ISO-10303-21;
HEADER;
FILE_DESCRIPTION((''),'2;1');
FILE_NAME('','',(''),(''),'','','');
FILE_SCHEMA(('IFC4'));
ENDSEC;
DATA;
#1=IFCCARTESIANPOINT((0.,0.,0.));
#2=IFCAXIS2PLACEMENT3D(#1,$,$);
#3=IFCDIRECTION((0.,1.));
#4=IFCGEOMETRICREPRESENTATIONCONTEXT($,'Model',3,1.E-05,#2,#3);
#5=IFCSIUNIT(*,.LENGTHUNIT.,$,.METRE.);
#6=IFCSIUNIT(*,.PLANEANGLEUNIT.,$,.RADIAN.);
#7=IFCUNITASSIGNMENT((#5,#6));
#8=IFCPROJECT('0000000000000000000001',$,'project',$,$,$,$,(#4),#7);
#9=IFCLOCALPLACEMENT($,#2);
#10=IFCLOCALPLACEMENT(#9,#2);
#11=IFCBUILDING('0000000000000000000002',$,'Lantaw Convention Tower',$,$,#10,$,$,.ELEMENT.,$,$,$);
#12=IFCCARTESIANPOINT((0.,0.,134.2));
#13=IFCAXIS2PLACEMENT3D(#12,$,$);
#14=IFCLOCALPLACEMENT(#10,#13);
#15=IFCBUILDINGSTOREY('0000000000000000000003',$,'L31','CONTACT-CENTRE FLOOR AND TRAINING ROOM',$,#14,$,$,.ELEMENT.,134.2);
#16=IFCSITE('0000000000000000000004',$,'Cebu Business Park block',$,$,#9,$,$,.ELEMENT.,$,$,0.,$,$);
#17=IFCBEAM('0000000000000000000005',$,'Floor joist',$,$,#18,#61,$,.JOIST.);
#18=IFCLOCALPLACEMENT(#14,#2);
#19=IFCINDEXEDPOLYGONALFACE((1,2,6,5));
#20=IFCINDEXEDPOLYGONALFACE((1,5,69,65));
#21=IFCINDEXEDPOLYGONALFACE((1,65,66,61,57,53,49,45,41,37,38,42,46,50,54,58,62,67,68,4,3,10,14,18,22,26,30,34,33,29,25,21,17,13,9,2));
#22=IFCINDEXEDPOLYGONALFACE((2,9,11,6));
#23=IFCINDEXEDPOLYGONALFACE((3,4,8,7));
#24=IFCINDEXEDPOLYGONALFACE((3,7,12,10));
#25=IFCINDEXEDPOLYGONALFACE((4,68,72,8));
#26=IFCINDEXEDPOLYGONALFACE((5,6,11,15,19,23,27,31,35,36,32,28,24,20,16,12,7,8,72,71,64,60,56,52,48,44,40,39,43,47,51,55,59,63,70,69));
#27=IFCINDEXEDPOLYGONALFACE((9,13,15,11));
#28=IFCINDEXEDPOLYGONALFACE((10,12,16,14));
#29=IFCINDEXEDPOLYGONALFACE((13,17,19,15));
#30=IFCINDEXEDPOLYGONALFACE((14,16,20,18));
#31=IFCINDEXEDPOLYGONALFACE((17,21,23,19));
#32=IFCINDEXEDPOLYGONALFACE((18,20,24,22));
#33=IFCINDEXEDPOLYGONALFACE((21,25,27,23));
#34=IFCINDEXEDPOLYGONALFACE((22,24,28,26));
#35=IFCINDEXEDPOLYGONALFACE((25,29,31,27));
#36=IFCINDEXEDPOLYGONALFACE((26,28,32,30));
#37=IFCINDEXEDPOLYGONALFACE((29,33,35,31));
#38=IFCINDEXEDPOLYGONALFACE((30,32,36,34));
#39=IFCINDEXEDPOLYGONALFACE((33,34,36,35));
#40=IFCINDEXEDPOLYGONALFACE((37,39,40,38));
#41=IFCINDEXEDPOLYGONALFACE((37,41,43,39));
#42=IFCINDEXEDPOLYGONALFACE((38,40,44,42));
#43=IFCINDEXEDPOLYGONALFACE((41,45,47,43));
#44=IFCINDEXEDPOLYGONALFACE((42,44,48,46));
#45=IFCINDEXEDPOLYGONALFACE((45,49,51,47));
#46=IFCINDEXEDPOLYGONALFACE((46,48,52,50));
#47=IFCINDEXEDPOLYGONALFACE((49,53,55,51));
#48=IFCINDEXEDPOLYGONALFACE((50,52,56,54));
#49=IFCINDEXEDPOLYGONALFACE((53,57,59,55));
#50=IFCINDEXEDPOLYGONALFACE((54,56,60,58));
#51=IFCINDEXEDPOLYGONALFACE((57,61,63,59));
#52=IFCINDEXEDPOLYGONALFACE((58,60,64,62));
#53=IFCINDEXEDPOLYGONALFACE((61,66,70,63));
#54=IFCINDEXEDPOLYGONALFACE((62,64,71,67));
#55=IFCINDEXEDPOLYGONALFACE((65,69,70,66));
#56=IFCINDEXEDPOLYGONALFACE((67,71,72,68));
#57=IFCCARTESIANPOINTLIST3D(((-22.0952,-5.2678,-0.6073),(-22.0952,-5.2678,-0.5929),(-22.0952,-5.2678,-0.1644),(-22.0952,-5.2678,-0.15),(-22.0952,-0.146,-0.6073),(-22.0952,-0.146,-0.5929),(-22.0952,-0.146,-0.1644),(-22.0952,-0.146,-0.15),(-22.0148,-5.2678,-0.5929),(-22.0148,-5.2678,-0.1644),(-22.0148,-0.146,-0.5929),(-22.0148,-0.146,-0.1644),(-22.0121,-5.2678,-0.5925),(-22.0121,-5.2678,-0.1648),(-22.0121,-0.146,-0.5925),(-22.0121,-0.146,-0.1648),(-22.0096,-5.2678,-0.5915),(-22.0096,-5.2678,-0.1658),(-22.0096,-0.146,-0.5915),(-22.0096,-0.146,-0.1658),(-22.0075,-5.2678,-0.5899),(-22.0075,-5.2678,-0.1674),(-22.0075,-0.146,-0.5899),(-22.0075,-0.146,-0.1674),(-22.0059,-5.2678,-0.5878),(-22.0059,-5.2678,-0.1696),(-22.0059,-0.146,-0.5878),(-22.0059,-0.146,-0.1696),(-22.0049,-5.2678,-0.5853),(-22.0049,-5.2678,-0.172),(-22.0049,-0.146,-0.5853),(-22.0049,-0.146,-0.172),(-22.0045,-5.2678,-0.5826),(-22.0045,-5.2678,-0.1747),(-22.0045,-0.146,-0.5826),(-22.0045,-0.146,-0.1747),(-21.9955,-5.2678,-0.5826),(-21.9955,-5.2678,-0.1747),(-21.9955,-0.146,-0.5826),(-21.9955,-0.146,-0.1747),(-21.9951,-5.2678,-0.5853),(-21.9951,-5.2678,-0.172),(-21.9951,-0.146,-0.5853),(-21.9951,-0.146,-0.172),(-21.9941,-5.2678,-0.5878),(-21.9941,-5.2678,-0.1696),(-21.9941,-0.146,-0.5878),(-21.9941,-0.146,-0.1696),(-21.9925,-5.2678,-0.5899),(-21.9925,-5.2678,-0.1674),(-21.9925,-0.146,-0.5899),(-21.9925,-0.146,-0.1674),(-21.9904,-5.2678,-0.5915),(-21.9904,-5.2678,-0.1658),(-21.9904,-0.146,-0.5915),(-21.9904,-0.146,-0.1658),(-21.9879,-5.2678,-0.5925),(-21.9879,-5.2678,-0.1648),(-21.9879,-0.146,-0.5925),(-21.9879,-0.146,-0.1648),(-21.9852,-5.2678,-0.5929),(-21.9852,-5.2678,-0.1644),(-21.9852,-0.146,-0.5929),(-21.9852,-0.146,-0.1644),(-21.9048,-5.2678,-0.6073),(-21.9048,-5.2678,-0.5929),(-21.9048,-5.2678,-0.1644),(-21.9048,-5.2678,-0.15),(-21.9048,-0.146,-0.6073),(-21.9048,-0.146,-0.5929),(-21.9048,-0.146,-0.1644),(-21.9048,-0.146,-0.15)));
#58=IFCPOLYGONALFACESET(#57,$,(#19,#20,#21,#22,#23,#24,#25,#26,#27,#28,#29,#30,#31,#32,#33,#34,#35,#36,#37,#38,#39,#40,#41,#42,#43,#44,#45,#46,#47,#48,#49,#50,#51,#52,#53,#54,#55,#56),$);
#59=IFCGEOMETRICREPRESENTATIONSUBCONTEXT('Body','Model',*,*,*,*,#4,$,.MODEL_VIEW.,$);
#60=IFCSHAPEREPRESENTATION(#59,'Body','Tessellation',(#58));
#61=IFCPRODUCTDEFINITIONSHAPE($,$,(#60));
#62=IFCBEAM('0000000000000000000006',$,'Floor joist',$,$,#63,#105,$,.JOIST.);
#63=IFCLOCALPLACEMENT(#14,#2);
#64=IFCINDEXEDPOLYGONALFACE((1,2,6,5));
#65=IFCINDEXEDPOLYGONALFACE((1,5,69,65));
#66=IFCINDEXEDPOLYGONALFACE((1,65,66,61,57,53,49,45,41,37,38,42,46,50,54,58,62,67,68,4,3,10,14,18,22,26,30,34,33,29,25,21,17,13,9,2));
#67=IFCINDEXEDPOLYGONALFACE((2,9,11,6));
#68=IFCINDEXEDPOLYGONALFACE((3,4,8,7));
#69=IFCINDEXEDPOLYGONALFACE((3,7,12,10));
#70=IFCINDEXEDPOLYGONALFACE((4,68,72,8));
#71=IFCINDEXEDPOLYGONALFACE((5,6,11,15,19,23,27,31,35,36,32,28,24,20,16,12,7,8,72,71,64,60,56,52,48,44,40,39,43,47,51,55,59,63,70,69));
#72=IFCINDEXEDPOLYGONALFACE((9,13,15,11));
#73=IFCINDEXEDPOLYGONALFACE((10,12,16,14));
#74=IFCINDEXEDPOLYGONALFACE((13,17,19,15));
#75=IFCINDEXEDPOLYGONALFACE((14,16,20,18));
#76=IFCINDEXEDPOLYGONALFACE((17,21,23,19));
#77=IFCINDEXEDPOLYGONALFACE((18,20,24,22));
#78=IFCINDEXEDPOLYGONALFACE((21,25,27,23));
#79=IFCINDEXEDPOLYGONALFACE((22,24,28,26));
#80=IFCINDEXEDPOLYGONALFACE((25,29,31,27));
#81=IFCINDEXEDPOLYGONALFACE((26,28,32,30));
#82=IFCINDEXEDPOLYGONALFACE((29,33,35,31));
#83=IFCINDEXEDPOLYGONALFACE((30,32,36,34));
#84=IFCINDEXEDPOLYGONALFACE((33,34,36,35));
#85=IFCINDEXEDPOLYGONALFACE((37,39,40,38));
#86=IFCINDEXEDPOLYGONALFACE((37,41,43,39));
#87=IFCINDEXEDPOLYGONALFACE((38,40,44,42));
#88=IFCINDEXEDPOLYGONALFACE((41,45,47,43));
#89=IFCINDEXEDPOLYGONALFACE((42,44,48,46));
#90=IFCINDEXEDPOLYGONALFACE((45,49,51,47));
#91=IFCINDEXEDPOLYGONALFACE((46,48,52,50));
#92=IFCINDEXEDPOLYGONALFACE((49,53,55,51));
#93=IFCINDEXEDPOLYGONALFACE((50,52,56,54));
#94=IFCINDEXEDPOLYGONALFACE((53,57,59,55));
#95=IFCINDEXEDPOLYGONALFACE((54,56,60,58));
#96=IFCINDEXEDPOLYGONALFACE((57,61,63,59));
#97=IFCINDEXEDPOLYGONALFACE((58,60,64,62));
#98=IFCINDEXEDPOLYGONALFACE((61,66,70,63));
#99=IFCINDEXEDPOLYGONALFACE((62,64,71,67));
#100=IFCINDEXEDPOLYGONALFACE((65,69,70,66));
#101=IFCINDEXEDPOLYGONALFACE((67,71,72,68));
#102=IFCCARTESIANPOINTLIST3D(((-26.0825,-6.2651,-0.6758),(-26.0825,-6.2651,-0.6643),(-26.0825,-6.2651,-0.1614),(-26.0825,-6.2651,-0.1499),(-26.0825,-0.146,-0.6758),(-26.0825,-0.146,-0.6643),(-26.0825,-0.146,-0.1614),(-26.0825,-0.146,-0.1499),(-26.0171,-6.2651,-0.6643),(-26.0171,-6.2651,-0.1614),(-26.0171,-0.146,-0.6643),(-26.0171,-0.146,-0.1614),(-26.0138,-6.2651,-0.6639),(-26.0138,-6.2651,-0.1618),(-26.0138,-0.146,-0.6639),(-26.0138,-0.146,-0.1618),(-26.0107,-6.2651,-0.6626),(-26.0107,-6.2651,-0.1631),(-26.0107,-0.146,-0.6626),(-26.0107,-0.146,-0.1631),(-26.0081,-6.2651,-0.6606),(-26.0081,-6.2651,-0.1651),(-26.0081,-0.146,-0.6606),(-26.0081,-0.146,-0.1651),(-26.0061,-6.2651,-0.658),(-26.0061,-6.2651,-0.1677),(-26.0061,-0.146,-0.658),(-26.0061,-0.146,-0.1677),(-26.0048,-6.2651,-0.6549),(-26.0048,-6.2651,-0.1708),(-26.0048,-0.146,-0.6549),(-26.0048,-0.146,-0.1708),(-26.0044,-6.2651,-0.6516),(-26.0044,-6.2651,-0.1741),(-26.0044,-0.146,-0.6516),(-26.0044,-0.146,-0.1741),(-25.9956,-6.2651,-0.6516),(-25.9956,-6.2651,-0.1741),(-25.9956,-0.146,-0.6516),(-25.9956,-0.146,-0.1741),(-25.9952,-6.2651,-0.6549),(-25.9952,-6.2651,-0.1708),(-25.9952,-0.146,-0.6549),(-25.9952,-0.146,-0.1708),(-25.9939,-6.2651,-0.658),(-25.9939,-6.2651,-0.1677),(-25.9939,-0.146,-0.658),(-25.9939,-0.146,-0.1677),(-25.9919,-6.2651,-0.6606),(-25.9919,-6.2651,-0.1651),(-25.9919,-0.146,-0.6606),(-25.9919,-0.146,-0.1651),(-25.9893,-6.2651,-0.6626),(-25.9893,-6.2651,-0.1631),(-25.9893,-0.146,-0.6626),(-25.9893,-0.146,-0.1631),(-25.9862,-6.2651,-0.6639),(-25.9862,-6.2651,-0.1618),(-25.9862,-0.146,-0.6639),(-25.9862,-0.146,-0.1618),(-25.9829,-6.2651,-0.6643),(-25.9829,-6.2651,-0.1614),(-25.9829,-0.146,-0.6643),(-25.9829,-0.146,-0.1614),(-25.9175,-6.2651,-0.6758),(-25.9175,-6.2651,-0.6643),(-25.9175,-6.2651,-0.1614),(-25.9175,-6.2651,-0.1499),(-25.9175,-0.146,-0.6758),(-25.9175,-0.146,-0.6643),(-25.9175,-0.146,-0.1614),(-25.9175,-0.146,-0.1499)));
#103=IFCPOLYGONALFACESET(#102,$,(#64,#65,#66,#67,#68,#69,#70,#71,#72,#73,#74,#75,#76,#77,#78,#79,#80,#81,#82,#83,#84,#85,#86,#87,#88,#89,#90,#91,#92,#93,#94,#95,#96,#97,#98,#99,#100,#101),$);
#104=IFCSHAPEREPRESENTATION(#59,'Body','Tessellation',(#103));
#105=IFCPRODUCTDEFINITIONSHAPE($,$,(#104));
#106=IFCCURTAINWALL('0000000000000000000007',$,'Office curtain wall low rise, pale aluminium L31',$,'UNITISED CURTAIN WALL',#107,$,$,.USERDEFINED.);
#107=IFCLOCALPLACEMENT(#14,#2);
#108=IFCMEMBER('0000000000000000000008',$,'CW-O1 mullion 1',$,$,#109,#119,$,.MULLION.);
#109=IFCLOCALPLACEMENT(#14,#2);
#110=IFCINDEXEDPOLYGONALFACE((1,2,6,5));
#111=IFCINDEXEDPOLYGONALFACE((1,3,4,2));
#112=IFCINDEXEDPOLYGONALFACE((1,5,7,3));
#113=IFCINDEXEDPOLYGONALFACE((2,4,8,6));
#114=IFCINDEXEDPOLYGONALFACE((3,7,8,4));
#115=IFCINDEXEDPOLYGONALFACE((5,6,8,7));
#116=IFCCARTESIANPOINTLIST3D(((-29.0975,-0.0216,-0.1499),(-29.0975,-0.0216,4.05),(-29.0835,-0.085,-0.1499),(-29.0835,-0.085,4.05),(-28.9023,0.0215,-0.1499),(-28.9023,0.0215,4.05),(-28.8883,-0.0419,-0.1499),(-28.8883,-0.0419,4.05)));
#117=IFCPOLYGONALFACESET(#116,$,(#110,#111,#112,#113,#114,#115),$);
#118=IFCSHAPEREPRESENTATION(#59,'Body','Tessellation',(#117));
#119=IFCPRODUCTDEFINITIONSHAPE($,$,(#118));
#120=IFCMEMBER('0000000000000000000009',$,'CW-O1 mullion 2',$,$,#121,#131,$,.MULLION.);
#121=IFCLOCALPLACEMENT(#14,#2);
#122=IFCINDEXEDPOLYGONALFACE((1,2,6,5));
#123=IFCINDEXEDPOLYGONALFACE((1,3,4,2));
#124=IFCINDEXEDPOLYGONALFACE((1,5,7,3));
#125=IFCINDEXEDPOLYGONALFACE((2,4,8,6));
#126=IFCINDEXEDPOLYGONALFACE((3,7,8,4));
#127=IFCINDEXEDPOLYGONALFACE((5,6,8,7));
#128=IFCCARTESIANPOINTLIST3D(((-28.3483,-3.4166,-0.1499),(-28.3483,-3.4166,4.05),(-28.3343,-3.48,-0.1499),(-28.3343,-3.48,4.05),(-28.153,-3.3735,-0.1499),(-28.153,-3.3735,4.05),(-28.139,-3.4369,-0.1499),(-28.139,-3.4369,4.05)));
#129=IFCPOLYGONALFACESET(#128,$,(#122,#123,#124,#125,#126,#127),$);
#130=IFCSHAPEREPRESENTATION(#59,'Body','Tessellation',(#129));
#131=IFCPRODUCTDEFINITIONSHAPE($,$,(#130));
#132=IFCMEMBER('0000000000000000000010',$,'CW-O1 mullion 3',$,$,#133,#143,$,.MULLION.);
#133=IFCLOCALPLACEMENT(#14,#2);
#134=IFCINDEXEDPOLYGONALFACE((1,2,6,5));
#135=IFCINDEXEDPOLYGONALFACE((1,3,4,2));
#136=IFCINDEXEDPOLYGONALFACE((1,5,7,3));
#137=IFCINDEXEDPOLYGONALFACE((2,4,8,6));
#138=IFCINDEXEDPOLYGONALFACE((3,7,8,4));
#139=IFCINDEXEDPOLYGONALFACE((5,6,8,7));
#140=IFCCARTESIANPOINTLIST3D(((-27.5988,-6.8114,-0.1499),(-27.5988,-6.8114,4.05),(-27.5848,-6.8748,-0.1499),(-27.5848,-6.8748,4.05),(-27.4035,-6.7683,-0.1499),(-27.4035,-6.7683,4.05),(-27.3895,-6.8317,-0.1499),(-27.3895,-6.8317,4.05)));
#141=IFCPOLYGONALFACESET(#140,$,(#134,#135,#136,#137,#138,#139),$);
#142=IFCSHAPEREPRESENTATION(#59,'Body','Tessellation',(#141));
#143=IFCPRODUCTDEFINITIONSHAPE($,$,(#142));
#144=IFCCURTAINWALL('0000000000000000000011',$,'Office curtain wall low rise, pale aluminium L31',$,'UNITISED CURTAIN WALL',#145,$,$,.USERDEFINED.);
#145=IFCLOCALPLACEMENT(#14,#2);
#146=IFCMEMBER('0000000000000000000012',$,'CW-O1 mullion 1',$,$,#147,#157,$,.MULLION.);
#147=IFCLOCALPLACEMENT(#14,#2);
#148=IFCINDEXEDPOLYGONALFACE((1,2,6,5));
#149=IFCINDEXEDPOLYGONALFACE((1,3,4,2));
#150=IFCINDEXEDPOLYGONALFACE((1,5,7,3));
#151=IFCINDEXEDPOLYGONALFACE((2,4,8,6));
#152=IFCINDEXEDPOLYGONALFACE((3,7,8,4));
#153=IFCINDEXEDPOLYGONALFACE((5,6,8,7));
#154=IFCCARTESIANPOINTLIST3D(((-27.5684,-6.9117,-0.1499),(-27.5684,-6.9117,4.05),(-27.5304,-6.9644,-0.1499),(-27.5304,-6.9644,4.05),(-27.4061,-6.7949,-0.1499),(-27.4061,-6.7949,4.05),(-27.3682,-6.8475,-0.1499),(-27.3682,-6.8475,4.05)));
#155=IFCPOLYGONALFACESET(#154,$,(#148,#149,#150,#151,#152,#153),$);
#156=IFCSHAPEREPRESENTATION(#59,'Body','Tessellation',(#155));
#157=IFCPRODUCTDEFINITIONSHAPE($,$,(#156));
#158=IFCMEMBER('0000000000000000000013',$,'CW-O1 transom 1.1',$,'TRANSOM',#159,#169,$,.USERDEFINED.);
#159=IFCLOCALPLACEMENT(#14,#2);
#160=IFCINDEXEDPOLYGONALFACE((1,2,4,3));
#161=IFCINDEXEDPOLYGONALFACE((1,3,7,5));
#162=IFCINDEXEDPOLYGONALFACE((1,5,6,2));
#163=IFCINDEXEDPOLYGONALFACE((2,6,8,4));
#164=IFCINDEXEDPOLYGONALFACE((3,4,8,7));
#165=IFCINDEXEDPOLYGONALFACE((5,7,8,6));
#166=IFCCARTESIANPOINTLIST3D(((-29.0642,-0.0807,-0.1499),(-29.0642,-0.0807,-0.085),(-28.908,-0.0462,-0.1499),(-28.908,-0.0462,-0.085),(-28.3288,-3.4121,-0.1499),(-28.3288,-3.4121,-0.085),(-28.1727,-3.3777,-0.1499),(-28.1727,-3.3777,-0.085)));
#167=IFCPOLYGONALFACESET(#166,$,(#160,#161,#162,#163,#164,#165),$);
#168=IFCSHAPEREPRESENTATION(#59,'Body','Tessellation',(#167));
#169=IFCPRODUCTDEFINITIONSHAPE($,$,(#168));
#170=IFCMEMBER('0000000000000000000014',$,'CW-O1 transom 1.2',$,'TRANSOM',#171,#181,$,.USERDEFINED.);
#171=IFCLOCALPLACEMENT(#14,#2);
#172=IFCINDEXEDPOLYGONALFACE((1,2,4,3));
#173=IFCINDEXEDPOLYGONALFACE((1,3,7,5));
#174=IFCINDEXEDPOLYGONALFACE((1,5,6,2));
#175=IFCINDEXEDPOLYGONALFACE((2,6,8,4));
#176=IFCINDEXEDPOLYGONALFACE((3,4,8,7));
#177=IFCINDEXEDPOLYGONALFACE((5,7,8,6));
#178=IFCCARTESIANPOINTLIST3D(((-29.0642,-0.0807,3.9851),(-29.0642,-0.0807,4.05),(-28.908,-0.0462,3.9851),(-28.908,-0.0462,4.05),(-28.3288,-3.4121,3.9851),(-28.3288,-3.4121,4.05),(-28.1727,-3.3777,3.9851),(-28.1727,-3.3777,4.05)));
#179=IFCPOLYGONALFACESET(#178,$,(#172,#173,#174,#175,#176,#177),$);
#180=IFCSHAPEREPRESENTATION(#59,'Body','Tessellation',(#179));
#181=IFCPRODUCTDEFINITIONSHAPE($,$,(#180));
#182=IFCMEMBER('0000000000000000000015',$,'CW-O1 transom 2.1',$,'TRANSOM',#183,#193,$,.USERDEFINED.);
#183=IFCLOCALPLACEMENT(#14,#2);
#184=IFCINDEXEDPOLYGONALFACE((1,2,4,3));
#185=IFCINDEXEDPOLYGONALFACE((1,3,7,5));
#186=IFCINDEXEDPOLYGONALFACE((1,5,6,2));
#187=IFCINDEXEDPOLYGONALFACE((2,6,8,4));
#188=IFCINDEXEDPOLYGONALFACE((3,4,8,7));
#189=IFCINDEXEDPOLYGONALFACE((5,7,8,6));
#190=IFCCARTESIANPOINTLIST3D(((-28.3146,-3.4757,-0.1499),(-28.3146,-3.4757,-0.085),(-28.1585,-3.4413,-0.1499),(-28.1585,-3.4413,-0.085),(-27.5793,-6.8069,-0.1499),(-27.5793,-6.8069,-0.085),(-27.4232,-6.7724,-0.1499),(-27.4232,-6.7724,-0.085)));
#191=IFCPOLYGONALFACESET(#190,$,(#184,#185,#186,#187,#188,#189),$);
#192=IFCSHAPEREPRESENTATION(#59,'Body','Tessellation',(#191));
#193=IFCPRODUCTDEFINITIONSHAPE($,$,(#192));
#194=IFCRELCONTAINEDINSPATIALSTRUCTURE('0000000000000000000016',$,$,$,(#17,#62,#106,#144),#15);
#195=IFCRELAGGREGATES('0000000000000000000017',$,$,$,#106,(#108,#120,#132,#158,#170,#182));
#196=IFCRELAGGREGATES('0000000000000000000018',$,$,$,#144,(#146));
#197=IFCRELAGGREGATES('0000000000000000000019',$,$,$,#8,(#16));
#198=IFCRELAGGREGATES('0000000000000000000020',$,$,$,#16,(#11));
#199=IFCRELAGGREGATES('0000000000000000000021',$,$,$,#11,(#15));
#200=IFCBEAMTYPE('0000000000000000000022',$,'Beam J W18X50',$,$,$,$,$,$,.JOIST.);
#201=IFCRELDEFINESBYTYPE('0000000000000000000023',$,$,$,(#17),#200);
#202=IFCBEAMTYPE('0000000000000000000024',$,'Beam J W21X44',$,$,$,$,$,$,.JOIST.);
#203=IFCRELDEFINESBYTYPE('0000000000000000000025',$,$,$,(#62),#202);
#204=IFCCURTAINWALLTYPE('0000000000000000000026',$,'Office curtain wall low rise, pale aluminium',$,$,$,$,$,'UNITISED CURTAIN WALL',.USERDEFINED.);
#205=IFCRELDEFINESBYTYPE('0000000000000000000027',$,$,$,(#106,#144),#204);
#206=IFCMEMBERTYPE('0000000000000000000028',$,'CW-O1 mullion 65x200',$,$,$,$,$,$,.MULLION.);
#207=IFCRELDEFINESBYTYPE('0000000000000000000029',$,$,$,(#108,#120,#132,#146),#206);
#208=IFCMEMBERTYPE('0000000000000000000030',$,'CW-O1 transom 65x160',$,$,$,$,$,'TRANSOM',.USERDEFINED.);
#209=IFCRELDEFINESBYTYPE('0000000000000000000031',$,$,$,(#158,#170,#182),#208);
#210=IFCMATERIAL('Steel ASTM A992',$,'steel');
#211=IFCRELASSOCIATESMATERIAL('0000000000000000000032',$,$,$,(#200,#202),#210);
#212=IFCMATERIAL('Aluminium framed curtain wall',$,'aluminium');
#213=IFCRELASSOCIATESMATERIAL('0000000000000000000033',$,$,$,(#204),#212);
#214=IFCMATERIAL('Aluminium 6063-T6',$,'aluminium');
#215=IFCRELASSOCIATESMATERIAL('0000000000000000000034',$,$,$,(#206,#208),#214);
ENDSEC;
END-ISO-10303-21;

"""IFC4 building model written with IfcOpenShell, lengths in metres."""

from ifc_helpers import new_model, si_unit, direction, frame, origin, origin_2d, place, context, subcontext, project, spatial, rectangle, i_section, extrude, material, material_profile, profile_set, type_object, element, aggregate, save


model = new_model("IFC4")

# Units and contexts
model_context = context("Model", 3, precision=1e-05, world=origin(), true_north=direction((0.0, 1.0)))
body_context = subcontext(model_context, "Body", "Model", "MODEL_VIEW")
ifc_project = project(units=[si_unit("LENGTHUNIT", "METRE"), si_unit("PLANEANGLEUNIT", "RADIAN")], contexts=[model_context])

# Site, building, storey
site_placement = place(None, origin())
site = spatial("IfcSite", under=ifc_project, at=site_placement, Name="Cebu Business Park block", CompositionType="ELEMENT", RefElevation=0.0)
building_placement = place(site_placement, origin())
building = spatial("IfcBuilding", under=site, at=building_placement, Name="Lantaw Convention Tower", CompositionType="ELEMENT")
storey_placement = place(building_placement, frame((0.0, 0.0, 134.2)))
storey = spatial("IfcBuildingStorey", under=building, at=storey_placement, Name="L31", Description="CONTACT-CENTRE FLOOR AND TRAINING ROOM", CompositionType="ELEMENT", Elevation=134.2)

# Beams
ifc_material_1 = material(Name="Steel ASTM A992", Category="steel")
ifc_material_profile_1 = material_profile(ifc_material_1, i_section(OverallWidth=0.1904, OverallDepth=0.4573, WebThickness=0.009, FlangeThickness=0.0144, FilletRadius=0.0103, at=origin_2d()), Name="W18X50")
ifc_profile_set_1 = profile_set([ifc_material_profile_1], Name="Steel ASTM A992")
beam_type_1 = type_object("IfcBeamType", Name="Beam J W18X50", PredefinedType="JOIST", material=ifc_profile_set_1)
beam_1_placement = place(storey_placement, frame((-22.0, -5.2678, -0.3787), z_axis=(0.0, 1.0, 0.0), x_axis=(-1.0, 0.0, 0.0)))
element("IfcBeam", 1, at=beam_1_placement, inside=storey, type_object=beam_type_1, Name="Floor joist", PredefinedType="JOIST", context=body_context, shape_type="SweptSolid", body=[
    extrude(i_section(OverallWidth=0.1904, OverallDepth=0.4573, WebThickness=0.009, FlangeThickness=0.0144, FilletRadius=0.0103, at=origin_2d()), origin(), (0.0, 0.0, 1.0), 5.1218),
])
ifc_material_profile_2 = material_profile(ifc_material_1, i_section(OverallWidth=0.165, OverallDepth=0.5259, WebThickness=0.0088, FlangeThickness=0.0115, FilletRadius=0.0127, at=origin_2d()), Name="W21X44")
ifc_profile_set_2 = profile_set([ifc_material_profile_2], Name="Steel ASTM A992")
beam_type_2 = type_object("IfcBeamType", Name="Beam J W21X44", PredefinedType="JOIST", material=ifc_profile_set_2)
beam_2_placement = place(storey_placement, frame((-26.0, -6.2651, -0.4128), z_axis=(0.0, 1.0, 0.0), x_axis=(-1.0, 0.0, 0.0)))
element("IfcBeam", 2, at=beam_2_placement, inside=storey, type_object=beam_type_2, Name="Floor joist", PredefinedType="JOIST", context=body_context, shape_type="SweptSolid", body=[
    extrude(i_section(OverallWidth=0.165, OverallDepth=0.5259, WebThickness=0.0088, FlangeThickness=0.0115, FilletRadius=0.0127, at=origin_2d()), origin(), (0.0, 0.0, 1.0), 6.1191),
])

# Curtain wall, members
ifc_material_2 = material(Name="Aluminium framed curtain wall", Category="aluminium")
curtain_wall_type = type_object("IfcCurtainWallType", Name="Office curtain wall low rise, pale aluminium", ElementType="UNITISED CURTAIN WALL", PredefinedType="USERDEFINED", material=ifc_material_2)
curtain_wall_1_placement = place(storey_placement, origin())
curtain_wall_1 = element("IfcCurtainWall", 3, at=curtain_wall_1_placement, inside=storey, type_object=curtain_wall_type, Name="Office curtain wall low rise, pale aluminium L31", ObjectType="UNITISED CURTAIN WALL", PredefinedType="USERDEFINED")
ifc_material_3 = material(Name="Aluminium 6063-T6", Category="aluminium")
ifc_material_profile_3 = material_profile(ifc_material_3, rectangle(XDim=0.2, YDim=0.0649, at=origin_2d()), Name="CW-O1 mullion 65x200")
ifc_profile_set_3 = profile_set([ifc_material_profile_3], Name="Aluminium 6063-T6")
member_type_1 = type_object("IfcMemberType", Name="CW-O1 mullion 65x200", PredefinedType="MULLION", material=ifc_profile_set_3)
member_1_placement = place(storey_placement, frame((-28.9929, -0.0317, -0.1499), z_axis=(0.0, 0.0, 1.0), x_axis=(0.976494, 0.215546, 0.0)))
member_1 = element("IfcMember", 4, at=member_1_placement, type_object=member_type_1, Name="CW-O1 mullion 1", PredefinedType="MULLION", context=body_context, shape_type="SweptSolid", body=[
    extrude(rectangle(XDim=0.2, YDim=0.0649, at=origin_2d()), origin(), (0.0, 0.0, 1.0), 4.2),
])
member_2_placement = place(storey_placement, frame((-28.2437, -3.4268, -0.1499), z_axis=(0.0, 0.0, 1.0), x_axis=(0.976494, 0.215546, 0.0)))
member_2 = element("IfcMember", 5, at=member_2_placement, type_object=member_type_1, Name="CW-O1 mullion 2", PredefinedType="MULLION", context=body_context, shape_type="SweptSolid", body=[
    extrude(rectangle(XDim=0.2, YDim=0.0649, at=origin_2d()), origin(), (0.0, 0.0, 1.0), 4.2),
])
member_3_placement = place(storey_placement, frame((-27.4941, -6.8215, -0.1499), z_axis=(0.0, 0.0, 1.0), x_axis=(0.976494, 0.215546, 0.0)))
member_3 = element("IfcMember", 6, at=member_3_placement, type_object=member_type_1, Name="CW-O1 mullion 3", PredefinedType="MULLION", context=body_context, shape_type="SweptSolid", body=[
    extrude(rectangle(XDim=0.2, YDim=0.0649, at=origin_2d()), origin(), (0.0, 0.0, 1.0), 4.2),
])

# Curtain wall, member
curtain_wall_2_placement = place(storey_placement, origin())
curtain_wall_2 = element("IfcCurtainWall", 7, at=curtain_wall_2_placement, inside=storey, type_object=curtain_wall_type, Name="Office curtain wall low rise, pale aluminium L31", ObjectType="UNITISED CURTAIN WALL", PredefinedType="USERDEFINED")
member_4_placement = place(storey_placement, frame((-27.4683, -6.8796, -0.1499), z_axis=(0.0, 0.0, 1.0), x_axis=(0.811385, 0.584513, 0.0)))
member_4 = element("IfcMember", 8, at=member_4_placement, type_object=member_type_1, Name="CW-O1 mullion 1", PredefinedType="MULLION", context=body_context, shape_type="SweptSolid", body=[
    extrude(rectangle(XDim=0.2, YDim=0.0649, at=origin_2d()), origin(), (0.0, 0.0, 1.0), 4.2),
])

# Members
ifc_material_profile_4 = material_profile(ifc_material_3, rectangle(XDim=0.1599, YDim=0.0649, at=origin_2d()), Name="CW-O1 transom 65x160")
ifc_profile_set_4 = profile_set([ifc_material_profile_4], Name="Aluminium 6063-T6")
member_type_2 = type_object("IfcMemberType", Name="CW-O1 transom 65x160", ElementType="TRANSOM", PredefinedType="USERDEFINED", material=ifc_profile_set_4)
member_5_placement = place(storey_placement, frame((-28.9861, -0.0635, -0.1174), z_axis=(0.215536, -0.976496, 0.0), x_axis=(0.976496, 0.215536, 0.0)))
member_5 = element("IfcMember", 9, at=member_5_placement, type_object=member_type_2, Name="CW-O1 transom 1.1", ObjectType="TRANSOM", PredefinedType="USERDEFINED", context=body_context, shape_type="SweptSolid", body=[
    extrude(rectangle(XDim=0.1599, YDim=0.0649, at=origin_2d()), origin(), (0.0, 0.0, 1.0), 3.4116),
])
member_6_placement = place(storey_placement, frame((-28.9861, -0.0635, 4.0176), z_axis=(0.215536, -0.976496, 0.0), x_axis=(0.976496, 0.215536, 0.0)))
member_6 = element("IfcMember", 10, at=member_6_placement, type_object=member_type_2, Name="CW-O1 transom 1.2", ObjectType="TRANSOM", PredefinedType="USERDEFINED", context=body_context, shape_type="SweptSolid", body=[
    extrude(rectangle(XDim=0.1599, YDim=0.0649, at=origin_2d()), origin(), (0.0, 0.0, 1.0), 3.4116),
])
member_7_placement = place(storey_placement, frame((-28.2366, -3.4585, -0.1174), z_axis=(0.215551, -0.976493, 0.0), x_axis=(0.976493, 0.215551, 0.0)))
member_7 = element("IfcMember", 11, at=member_7_placement, type_object=member_type_2, Name="CW-O1 transom 2.1", ObjectType="TRANSOM", PredefinedType="USERDEFINED", context=body_context, shape_type="SweptSolid", body=[
    extrude(rectangle(XDim=0.1599, YDim=0.0649, at=origin_2d()), origin(), (0.0, 0.0, 1.0), 3.4114),
])

aggregate(curtain_wall_1, [member_1, member_2, member_3, member_5, member_6, member_7])
aggregate(curtain_wall_2, [member_4])

save(model, "model.ifc")
